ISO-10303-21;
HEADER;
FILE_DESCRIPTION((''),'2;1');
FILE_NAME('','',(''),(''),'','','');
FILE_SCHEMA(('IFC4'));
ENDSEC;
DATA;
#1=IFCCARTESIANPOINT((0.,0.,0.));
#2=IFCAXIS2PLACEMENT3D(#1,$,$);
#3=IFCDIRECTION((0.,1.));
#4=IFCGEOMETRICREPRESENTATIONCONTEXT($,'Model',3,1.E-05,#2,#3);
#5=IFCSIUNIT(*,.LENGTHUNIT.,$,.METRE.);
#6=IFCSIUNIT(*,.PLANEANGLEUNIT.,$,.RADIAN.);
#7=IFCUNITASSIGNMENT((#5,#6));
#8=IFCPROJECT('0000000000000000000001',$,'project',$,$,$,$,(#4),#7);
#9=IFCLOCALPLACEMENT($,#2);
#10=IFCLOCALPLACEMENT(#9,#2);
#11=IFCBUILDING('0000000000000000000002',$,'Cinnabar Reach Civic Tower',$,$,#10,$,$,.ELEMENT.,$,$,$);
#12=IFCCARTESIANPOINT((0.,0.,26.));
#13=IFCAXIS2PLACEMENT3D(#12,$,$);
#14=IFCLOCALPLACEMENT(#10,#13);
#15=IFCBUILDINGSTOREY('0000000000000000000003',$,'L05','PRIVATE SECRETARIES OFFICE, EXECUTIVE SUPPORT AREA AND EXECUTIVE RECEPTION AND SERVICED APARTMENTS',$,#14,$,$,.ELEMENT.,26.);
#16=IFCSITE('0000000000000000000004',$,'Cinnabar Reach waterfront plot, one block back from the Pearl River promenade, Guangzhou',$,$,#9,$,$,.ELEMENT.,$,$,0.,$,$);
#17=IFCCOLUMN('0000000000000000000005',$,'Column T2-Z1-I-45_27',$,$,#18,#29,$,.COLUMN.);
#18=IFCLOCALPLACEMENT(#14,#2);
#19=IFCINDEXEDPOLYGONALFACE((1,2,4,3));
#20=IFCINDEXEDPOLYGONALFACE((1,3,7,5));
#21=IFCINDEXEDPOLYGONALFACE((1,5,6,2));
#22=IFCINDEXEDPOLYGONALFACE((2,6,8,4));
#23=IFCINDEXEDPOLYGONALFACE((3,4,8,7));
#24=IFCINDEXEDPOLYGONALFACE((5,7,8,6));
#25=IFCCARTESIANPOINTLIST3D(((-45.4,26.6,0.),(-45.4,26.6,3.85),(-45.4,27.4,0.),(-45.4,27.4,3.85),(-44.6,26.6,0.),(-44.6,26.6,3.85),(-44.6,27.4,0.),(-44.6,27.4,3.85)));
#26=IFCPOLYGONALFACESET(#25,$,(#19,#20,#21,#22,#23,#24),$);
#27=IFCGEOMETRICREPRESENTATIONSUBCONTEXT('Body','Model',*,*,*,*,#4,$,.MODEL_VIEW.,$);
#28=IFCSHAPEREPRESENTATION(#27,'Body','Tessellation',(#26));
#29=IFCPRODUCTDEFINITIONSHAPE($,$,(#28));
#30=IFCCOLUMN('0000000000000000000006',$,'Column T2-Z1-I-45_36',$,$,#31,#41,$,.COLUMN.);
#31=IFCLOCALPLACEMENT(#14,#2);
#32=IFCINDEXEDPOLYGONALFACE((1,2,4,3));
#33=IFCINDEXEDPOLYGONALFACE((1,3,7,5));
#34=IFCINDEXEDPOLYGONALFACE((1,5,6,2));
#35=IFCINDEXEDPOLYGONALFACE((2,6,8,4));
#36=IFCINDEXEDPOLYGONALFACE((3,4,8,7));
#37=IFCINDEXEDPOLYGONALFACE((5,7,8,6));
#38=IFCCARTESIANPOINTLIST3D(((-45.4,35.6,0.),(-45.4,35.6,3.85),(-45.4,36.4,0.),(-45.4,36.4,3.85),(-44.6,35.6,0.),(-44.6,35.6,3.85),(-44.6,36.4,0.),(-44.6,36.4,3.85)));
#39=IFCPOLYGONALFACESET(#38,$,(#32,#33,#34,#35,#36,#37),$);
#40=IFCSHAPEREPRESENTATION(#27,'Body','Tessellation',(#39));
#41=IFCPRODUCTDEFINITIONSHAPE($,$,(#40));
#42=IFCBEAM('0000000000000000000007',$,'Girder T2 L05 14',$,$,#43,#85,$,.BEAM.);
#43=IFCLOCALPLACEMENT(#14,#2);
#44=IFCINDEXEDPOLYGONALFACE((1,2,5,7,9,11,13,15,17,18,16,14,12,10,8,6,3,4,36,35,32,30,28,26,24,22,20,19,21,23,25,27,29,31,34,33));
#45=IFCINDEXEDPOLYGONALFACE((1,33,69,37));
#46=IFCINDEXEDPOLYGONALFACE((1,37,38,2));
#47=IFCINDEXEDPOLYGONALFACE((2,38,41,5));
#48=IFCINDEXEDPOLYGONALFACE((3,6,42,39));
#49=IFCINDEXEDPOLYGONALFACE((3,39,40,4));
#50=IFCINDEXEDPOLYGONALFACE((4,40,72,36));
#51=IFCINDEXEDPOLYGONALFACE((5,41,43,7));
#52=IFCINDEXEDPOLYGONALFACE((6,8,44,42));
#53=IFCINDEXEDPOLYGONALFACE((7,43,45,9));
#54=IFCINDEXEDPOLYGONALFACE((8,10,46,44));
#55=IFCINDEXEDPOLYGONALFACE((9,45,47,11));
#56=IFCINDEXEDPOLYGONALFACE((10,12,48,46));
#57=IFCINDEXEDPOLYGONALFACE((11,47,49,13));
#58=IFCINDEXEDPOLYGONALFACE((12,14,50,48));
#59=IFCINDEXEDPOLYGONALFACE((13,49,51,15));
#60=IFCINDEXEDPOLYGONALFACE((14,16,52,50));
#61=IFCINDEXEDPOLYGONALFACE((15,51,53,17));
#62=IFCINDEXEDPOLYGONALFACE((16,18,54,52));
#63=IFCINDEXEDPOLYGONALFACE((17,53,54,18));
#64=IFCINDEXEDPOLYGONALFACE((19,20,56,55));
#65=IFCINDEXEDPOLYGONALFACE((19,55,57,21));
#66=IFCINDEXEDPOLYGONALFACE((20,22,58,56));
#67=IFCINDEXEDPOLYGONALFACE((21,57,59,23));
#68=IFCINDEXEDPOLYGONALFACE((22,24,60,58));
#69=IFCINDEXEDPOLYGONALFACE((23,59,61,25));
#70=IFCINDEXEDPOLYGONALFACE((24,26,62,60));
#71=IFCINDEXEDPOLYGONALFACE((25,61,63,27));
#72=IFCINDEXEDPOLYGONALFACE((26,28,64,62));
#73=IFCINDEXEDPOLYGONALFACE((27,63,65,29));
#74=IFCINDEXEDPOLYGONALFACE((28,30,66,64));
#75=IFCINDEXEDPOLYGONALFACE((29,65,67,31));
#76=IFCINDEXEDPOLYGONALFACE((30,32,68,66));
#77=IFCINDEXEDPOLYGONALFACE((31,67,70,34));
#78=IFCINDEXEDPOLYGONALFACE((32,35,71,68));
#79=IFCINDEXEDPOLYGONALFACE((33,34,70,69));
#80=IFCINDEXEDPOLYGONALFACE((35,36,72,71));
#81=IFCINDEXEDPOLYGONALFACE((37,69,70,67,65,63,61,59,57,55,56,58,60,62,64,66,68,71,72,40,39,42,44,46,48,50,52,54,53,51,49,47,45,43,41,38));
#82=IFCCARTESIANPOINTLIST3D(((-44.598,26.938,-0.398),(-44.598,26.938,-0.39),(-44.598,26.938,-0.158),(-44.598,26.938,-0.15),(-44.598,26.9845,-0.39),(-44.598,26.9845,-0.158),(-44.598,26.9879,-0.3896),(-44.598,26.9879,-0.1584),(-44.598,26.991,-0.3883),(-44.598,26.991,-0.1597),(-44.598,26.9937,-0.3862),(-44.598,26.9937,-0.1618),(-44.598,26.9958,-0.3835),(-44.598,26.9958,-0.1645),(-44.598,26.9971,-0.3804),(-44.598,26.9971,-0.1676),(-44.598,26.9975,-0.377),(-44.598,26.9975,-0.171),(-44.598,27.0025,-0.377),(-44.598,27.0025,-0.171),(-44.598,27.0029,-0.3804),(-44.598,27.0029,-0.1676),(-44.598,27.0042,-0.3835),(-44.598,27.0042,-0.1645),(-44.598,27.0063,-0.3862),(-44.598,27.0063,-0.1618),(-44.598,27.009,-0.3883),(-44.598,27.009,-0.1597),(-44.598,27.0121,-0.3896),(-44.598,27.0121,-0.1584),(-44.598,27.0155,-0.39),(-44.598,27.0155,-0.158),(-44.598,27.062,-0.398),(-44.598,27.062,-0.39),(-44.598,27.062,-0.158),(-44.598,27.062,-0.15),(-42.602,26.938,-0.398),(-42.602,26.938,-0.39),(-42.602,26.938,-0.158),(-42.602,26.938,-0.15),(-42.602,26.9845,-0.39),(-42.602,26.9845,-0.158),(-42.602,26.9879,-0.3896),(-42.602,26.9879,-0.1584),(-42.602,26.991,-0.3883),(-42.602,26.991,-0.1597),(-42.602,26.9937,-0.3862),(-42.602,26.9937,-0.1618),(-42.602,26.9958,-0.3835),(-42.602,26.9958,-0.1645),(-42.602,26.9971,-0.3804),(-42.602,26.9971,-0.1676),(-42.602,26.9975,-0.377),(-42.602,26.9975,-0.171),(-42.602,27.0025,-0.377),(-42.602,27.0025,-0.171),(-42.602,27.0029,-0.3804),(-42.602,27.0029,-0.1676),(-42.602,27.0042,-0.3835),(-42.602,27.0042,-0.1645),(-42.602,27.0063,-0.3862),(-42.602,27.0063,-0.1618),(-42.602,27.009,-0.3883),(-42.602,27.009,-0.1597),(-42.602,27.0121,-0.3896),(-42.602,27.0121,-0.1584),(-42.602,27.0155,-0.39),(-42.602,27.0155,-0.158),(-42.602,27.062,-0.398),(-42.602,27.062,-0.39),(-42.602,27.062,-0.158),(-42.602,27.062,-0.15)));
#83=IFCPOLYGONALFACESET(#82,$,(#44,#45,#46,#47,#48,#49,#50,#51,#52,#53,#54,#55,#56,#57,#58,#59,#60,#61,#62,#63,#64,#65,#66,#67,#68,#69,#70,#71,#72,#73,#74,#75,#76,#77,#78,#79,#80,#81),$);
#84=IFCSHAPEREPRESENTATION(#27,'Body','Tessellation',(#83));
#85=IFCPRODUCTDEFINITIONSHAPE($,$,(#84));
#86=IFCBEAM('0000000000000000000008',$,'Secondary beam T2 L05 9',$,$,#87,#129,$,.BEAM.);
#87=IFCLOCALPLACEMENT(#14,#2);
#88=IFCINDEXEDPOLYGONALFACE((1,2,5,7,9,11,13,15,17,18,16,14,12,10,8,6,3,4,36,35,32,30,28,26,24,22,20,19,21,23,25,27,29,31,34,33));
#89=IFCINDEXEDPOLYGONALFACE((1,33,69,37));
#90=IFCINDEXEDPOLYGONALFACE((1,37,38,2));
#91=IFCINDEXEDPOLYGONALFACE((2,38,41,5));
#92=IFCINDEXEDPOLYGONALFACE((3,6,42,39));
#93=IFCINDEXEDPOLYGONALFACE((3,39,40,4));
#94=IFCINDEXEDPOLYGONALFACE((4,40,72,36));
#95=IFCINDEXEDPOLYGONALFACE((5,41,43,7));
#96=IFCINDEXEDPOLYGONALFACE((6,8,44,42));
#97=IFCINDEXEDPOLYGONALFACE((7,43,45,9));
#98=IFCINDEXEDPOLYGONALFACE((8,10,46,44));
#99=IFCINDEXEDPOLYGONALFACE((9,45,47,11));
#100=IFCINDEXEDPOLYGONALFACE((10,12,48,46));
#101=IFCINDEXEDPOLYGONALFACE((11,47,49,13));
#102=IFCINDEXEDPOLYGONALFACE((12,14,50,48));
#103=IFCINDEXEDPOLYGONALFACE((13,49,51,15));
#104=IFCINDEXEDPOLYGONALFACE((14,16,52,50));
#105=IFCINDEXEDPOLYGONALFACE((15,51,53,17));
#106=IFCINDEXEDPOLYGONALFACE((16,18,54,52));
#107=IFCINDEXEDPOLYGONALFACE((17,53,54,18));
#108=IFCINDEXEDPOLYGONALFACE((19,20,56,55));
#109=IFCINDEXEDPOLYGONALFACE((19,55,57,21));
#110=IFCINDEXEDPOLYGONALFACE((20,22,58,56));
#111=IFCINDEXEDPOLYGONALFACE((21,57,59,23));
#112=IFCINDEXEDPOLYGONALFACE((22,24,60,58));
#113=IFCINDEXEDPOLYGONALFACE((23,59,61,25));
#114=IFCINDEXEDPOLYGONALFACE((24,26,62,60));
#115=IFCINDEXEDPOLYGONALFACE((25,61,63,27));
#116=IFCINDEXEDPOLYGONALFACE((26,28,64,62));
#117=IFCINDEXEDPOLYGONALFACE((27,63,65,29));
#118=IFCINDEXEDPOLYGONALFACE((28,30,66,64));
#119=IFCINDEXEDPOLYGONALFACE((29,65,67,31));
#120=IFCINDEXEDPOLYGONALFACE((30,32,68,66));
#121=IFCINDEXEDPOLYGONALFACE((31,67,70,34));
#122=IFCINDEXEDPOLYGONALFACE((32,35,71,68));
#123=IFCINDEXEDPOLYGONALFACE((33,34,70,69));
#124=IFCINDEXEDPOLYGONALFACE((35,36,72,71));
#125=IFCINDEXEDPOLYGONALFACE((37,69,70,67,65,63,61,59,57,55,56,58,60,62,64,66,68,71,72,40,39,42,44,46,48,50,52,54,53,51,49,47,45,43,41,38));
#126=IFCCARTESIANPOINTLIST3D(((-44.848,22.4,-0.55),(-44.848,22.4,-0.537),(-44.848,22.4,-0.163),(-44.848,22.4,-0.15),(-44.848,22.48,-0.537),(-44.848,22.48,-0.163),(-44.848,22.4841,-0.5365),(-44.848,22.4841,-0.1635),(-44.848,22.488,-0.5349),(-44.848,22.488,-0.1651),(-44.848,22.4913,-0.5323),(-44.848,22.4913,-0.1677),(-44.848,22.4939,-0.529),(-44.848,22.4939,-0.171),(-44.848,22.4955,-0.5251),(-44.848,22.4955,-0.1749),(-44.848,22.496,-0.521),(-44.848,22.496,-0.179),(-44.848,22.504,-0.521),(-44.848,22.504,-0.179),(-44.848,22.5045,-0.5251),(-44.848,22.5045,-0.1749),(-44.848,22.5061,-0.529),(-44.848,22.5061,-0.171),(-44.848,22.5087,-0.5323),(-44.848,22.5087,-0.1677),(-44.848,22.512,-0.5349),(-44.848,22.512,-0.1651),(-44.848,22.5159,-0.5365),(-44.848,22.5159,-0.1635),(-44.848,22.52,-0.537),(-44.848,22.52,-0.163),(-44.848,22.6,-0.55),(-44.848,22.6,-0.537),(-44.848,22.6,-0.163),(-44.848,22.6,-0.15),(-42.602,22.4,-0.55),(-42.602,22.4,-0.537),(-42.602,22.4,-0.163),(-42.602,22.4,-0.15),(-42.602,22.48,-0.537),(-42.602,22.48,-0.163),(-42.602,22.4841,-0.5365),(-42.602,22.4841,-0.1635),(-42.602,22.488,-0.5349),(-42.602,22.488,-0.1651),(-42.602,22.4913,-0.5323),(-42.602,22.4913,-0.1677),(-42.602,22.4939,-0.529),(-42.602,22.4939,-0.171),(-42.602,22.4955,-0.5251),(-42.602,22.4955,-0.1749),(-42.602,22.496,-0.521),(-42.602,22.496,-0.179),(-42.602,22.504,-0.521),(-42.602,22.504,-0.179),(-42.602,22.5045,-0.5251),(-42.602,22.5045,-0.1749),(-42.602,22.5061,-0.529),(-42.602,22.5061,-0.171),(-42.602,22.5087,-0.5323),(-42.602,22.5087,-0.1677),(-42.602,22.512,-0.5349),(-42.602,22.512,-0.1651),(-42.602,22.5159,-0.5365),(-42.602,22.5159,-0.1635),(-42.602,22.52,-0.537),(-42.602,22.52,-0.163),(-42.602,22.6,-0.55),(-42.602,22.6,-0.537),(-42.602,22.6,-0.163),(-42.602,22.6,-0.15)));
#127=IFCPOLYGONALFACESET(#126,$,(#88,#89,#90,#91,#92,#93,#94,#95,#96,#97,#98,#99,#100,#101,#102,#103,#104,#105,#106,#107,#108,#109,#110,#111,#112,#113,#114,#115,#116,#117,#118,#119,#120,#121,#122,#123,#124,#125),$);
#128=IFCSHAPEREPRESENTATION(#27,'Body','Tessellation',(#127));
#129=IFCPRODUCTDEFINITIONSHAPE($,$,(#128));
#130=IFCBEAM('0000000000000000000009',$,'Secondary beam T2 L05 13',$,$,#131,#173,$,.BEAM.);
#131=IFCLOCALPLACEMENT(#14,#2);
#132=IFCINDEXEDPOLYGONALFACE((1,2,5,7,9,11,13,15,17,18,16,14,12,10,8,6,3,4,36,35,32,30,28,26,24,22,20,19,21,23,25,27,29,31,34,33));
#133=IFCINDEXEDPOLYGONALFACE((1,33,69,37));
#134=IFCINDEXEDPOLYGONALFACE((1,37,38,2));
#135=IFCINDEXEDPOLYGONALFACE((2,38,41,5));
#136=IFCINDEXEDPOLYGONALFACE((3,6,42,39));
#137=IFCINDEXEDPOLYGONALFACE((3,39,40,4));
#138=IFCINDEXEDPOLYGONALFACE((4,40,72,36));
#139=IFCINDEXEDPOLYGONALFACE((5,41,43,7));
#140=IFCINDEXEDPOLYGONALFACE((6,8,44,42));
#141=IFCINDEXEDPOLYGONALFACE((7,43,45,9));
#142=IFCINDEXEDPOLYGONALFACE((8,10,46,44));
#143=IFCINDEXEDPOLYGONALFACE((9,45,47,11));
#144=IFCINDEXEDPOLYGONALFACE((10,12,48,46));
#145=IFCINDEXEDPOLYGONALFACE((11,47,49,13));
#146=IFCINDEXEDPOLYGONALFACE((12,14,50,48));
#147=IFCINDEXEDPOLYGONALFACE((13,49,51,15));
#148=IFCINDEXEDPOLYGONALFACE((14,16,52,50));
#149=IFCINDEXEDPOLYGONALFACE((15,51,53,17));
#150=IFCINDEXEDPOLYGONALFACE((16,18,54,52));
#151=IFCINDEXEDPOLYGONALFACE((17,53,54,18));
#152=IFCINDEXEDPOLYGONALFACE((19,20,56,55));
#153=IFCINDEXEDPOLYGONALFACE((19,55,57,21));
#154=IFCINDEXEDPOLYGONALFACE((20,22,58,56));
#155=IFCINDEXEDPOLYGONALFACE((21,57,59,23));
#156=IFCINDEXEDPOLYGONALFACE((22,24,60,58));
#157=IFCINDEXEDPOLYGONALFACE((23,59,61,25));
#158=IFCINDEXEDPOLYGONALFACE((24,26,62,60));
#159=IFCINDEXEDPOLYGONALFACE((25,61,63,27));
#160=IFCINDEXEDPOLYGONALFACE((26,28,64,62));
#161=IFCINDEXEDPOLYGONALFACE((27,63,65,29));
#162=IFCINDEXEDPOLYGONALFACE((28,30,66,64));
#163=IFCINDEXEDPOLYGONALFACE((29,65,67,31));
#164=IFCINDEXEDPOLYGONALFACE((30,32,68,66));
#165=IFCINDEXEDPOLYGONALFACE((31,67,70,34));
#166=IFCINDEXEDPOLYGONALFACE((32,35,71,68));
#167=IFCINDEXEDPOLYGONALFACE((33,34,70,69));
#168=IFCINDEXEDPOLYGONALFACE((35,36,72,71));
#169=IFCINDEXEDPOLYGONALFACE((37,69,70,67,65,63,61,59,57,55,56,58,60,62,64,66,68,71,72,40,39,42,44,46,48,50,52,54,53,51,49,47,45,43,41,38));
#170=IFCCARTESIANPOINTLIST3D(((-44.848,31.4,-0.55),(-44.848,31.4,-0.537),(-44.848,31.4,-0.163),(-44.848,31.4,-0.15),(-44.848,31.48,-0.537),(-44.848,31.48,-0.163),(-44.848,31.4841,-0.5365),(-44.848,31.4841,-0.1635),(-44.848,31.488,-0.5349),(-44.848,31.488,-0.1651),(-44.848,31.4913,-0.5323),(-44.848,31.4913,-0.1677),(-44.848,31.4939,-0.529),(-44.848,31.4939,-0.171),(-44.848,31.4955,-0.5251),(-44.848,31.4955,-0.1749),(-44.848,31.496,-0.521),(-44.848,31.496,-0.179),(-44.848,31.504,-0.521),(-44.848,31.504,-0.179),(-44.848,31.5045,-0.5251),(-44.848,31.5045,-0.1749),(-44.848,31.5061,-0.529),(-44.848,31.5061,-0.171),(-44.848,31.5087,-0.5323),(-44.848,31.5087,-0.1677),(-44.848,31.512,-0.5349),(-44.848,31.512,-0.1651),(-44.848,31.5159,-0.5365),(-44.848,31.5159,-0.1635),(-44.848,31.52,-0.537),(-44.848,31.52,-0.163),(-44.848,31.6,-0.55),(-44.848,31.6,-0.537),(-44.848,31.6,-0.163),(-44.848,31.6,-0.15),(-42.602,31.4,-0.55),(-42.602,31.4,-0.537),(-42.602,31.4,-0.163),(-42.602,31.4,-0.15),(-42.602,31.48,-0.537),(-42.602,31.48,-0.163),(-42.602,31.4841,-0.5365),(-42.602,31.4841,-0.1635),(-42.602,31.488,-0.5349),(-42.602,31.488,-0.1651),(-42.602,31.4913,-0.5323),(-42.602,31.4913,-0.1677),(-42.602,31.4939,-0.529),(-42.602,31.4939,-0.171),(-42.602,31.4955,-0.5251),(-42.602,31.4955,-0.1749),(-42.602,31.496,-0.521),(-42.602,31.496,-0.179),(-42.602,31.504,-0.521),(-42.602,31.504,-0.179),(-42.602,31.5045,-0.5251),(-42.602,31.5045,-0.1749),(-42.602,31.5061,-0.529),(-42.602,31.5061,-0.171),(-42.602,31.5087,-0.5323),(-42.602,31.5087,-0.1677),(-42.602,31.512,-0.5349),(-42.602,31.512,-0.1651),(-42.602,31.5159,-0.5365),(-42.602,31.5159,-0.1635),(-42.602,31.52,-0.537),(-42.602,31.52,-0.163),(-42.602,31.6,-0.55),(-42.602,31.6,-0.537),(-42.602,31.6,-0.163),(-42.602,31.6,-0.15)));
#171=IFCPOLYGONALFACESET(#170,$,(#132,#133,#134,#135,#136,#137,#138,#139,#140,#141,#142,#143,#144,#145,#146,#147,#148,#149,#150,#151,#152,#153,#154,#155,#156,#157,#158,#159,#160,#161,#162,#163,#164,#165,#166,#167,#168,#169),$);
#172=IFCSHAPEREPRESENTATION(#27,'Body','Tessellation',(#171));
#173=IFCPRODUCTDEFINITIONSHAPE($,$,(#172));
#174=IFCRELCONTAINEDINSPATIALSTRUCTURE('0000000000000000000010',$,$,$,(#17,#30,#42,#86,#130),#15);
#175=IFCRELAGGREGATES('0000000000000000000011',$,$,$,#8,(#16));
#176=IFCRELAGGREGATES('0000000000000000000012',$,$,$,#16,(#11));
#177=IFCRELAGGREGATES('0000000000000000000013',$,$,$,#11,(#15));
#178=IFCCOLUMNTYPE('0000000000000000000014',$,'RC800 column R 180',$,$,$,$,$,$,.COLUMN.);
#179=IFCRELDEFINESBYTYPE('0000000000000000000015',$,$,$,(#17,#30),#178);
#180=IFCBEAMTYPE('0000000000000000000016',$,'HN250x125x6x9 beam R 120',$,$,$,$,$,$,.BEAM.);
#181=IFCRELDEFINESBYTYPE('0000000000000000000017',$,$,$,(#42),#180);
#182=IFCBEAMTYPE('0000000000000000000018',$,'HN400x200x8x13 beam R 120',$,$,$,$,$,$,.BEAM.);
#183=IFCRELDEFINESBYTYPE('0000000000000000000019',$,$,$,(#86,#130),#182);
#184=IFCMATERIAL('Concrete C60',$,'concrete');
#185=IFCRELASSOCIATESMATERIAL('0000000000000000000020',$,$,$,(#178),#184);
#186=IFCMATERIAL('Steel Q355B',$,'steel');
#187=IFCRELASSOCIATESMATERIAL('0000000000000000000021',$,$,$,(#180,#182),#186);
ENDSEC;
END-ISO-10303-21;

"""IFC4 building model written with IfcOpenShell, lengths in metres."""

from ifc_helpers import new_model, si_unit, direction, frame, origin, origin_2d, place, context, subcontext, project, spatial, rectangle, i_section, extrude, material, material_profile, profile_set, type_object, element, save


model = new_model("IFC4")

# Units and contexts
model_context = context("Model", 3, precision=1e-05, world=origin(), true_north=direction((0.0, 1.0)))
body_context = subcontext(model_context, "Body", "Model", "MODEL_VIEW")
ifc_project = project(units=[si_unit("LENGTHUNIT", "METRE"), si_unit("PLANEANGLEUNIT", "RADIAN")], contexts=[model_context])

# Site, building, storey
site_placement = place(None, origin())
site = spatial("IfcSite", under=ifc_project, at=site_placement, Name="Cinnabar Reach waterfront plot, one block back from the Pearl River promenade, Guangzhou", CompositionType="ELEMENT", RefElevation=0.0)
building_placement = place(site_placement, origin())
building = spatial("IfcBuilding", under=site, at=building_placement, Name="Cinnabar Reach Civic Tower", CompositionType="ELEMENT")
storey_placement = place(building_placement, frame((0.0, 0.0, 26.0)))
storey = spatial("IfcBuildingStorey", under=building, at=storey_placement, Name="L05", Description="PRIVATE SECRETARIES OFFICE, EXECUTIVE SUPPORT AREA AND EXECUTIVE RECEPTION AND SERVICED APARTMENTS", CompositionType="ELEMENT", Elevation=26.0)

# Columns
ifc_material_1 = material(Name="Concrete C60", Category="concrete")
ifc_material_profile_1 = material_profile(ifc_material_1, rectangle(XDim=0.8, YDim=0.8, at=origin_2d()), Name="RC800")
ifc_profile_set_1 = profile_set([ifc_material_profile_1], Name="Concrete C60")
column_type = type_object("IfcColumnType", Name="RC800 column R 180", PredefinedType="COLUMN", material=ifc_profile_set_1)
for number, where, z_axis, x_axis, name in (
    (1, (-45.0, 27.0, 0.0), (0.0, 0.0, 1.0), (1.0, 0.0, 0.0), "Column T2-Z1-I-45_27"),
    (2, (-45.0, 36.0, 0.0), (0.0, 0.0, 1.0), (1.0, 0.0, 0.0), "Column T2-Z1-I-45_36"),
):
    element("IfcColumn", number, at=place(storey_placement, frame(where, z_axis=z_axis, x_axis=x_axis)), inside=storey, type_object=column_type, Name=name, PredefinedType="COLUMN", context=body_context, shape_type="SweptSolid", body=[
        extrude(rectangle(XDim=0.8, YDim=0.8, at=origin_2d()), origin(), (0.0, 0.0, 1.0), 3.85),
    ])

# Beams
ifc_material_2 = material(Name="Steel Q355B", Category="steel")
ifc_material_profile_2 = material_profile(ifc_material_2, i_section(OverallWidth=0.124, OverallDepth=0.248, WebThickness=0.005, FlangeThickness=0.008, FilletRadius=0.013, at=origin_2d()), Name="HN250x125x6x9")
ifc_profile_set_2 = profile_set([ifc_material_profile_2], Name="Steel Q355B")
beam_type_1 = type_object("IfcBeamType", Name="HN250x125x6x9 beam R 120", PredefinedType="BEAM", material=ifc_profile_set_2)
beam_1_placement = place(storey_placement, frame((-44.598, 27.0, -0.274), z_axis=(1.0, 0.0, 0.0), x_axis=(0.0, 1.0, 0.0)))
element("IfcBeam", 3, at=beam_1_placement, inside=storey, type_object=beam_type_1, Name="Girder T2 L05 14", PredefinedType="BEAM", context=body_context, shape_type="SweptSolid", body=[
    extrude(i_section(OverallWidth=0.124, OverallDepth=0.248, WebThickness=0.005, FlangeThickness=0.008, FilletRadius=0.013, at=origin_2d()), origin(), (0.0, 0.0, 1.0), 1.996),
])
ifc_material_profile_3 = material_profile(ifc_material_2, i_section(OverallWidth=0.2, OverallDepth=0.4, WebThickness=0.008, FlangeThickness=0.013, FilletRadius=0.016, at=origin_2d()), Name="HN400x200x8x13")
ifc_profile_set_3 = profile_set([ifc_material_profile_3], Name="Steel Q355B")
beam_type_2 = type_object("IfcBeamType", Name="HN400x200x8x13 beam R 120", PredefinedType="BEAM", material=ifc_profile_set_3)
for number, where, z_axis, x_axis, name in (
    (4, (-44.848, 22.5, -0.35), (1.0, 0.0, 0.0), (0.0, 1.0, 0.0), "Secondary beam T2 L05 9"),
    (5, (-44.848, 31.5, -0.35), (1.0, 0.0, 0.0), (0.0, 1.0, 0.0), "Secondary beam T2 L05 13"),
):
    element("IfcBeam", number, at=place(storey_placement, frame(where, z_axis=z_axis, x_axis=x_axis)), inside=storey, type_object=beam_type_2, Name=name, PredefinedType="BEAM", context=body_context, shape_type="SweptSolid", body=[
        extrude(i_section(OverallWidth=0.2, OverallDepth=0.4, WebThickness=0.008, FlangeThickness=0.013, FilletRadius=0.016, at=origin_2d()), origin(), (0.0, 0.0, 1.0), 2.246),
    ])

save(model, "model.ifc")
